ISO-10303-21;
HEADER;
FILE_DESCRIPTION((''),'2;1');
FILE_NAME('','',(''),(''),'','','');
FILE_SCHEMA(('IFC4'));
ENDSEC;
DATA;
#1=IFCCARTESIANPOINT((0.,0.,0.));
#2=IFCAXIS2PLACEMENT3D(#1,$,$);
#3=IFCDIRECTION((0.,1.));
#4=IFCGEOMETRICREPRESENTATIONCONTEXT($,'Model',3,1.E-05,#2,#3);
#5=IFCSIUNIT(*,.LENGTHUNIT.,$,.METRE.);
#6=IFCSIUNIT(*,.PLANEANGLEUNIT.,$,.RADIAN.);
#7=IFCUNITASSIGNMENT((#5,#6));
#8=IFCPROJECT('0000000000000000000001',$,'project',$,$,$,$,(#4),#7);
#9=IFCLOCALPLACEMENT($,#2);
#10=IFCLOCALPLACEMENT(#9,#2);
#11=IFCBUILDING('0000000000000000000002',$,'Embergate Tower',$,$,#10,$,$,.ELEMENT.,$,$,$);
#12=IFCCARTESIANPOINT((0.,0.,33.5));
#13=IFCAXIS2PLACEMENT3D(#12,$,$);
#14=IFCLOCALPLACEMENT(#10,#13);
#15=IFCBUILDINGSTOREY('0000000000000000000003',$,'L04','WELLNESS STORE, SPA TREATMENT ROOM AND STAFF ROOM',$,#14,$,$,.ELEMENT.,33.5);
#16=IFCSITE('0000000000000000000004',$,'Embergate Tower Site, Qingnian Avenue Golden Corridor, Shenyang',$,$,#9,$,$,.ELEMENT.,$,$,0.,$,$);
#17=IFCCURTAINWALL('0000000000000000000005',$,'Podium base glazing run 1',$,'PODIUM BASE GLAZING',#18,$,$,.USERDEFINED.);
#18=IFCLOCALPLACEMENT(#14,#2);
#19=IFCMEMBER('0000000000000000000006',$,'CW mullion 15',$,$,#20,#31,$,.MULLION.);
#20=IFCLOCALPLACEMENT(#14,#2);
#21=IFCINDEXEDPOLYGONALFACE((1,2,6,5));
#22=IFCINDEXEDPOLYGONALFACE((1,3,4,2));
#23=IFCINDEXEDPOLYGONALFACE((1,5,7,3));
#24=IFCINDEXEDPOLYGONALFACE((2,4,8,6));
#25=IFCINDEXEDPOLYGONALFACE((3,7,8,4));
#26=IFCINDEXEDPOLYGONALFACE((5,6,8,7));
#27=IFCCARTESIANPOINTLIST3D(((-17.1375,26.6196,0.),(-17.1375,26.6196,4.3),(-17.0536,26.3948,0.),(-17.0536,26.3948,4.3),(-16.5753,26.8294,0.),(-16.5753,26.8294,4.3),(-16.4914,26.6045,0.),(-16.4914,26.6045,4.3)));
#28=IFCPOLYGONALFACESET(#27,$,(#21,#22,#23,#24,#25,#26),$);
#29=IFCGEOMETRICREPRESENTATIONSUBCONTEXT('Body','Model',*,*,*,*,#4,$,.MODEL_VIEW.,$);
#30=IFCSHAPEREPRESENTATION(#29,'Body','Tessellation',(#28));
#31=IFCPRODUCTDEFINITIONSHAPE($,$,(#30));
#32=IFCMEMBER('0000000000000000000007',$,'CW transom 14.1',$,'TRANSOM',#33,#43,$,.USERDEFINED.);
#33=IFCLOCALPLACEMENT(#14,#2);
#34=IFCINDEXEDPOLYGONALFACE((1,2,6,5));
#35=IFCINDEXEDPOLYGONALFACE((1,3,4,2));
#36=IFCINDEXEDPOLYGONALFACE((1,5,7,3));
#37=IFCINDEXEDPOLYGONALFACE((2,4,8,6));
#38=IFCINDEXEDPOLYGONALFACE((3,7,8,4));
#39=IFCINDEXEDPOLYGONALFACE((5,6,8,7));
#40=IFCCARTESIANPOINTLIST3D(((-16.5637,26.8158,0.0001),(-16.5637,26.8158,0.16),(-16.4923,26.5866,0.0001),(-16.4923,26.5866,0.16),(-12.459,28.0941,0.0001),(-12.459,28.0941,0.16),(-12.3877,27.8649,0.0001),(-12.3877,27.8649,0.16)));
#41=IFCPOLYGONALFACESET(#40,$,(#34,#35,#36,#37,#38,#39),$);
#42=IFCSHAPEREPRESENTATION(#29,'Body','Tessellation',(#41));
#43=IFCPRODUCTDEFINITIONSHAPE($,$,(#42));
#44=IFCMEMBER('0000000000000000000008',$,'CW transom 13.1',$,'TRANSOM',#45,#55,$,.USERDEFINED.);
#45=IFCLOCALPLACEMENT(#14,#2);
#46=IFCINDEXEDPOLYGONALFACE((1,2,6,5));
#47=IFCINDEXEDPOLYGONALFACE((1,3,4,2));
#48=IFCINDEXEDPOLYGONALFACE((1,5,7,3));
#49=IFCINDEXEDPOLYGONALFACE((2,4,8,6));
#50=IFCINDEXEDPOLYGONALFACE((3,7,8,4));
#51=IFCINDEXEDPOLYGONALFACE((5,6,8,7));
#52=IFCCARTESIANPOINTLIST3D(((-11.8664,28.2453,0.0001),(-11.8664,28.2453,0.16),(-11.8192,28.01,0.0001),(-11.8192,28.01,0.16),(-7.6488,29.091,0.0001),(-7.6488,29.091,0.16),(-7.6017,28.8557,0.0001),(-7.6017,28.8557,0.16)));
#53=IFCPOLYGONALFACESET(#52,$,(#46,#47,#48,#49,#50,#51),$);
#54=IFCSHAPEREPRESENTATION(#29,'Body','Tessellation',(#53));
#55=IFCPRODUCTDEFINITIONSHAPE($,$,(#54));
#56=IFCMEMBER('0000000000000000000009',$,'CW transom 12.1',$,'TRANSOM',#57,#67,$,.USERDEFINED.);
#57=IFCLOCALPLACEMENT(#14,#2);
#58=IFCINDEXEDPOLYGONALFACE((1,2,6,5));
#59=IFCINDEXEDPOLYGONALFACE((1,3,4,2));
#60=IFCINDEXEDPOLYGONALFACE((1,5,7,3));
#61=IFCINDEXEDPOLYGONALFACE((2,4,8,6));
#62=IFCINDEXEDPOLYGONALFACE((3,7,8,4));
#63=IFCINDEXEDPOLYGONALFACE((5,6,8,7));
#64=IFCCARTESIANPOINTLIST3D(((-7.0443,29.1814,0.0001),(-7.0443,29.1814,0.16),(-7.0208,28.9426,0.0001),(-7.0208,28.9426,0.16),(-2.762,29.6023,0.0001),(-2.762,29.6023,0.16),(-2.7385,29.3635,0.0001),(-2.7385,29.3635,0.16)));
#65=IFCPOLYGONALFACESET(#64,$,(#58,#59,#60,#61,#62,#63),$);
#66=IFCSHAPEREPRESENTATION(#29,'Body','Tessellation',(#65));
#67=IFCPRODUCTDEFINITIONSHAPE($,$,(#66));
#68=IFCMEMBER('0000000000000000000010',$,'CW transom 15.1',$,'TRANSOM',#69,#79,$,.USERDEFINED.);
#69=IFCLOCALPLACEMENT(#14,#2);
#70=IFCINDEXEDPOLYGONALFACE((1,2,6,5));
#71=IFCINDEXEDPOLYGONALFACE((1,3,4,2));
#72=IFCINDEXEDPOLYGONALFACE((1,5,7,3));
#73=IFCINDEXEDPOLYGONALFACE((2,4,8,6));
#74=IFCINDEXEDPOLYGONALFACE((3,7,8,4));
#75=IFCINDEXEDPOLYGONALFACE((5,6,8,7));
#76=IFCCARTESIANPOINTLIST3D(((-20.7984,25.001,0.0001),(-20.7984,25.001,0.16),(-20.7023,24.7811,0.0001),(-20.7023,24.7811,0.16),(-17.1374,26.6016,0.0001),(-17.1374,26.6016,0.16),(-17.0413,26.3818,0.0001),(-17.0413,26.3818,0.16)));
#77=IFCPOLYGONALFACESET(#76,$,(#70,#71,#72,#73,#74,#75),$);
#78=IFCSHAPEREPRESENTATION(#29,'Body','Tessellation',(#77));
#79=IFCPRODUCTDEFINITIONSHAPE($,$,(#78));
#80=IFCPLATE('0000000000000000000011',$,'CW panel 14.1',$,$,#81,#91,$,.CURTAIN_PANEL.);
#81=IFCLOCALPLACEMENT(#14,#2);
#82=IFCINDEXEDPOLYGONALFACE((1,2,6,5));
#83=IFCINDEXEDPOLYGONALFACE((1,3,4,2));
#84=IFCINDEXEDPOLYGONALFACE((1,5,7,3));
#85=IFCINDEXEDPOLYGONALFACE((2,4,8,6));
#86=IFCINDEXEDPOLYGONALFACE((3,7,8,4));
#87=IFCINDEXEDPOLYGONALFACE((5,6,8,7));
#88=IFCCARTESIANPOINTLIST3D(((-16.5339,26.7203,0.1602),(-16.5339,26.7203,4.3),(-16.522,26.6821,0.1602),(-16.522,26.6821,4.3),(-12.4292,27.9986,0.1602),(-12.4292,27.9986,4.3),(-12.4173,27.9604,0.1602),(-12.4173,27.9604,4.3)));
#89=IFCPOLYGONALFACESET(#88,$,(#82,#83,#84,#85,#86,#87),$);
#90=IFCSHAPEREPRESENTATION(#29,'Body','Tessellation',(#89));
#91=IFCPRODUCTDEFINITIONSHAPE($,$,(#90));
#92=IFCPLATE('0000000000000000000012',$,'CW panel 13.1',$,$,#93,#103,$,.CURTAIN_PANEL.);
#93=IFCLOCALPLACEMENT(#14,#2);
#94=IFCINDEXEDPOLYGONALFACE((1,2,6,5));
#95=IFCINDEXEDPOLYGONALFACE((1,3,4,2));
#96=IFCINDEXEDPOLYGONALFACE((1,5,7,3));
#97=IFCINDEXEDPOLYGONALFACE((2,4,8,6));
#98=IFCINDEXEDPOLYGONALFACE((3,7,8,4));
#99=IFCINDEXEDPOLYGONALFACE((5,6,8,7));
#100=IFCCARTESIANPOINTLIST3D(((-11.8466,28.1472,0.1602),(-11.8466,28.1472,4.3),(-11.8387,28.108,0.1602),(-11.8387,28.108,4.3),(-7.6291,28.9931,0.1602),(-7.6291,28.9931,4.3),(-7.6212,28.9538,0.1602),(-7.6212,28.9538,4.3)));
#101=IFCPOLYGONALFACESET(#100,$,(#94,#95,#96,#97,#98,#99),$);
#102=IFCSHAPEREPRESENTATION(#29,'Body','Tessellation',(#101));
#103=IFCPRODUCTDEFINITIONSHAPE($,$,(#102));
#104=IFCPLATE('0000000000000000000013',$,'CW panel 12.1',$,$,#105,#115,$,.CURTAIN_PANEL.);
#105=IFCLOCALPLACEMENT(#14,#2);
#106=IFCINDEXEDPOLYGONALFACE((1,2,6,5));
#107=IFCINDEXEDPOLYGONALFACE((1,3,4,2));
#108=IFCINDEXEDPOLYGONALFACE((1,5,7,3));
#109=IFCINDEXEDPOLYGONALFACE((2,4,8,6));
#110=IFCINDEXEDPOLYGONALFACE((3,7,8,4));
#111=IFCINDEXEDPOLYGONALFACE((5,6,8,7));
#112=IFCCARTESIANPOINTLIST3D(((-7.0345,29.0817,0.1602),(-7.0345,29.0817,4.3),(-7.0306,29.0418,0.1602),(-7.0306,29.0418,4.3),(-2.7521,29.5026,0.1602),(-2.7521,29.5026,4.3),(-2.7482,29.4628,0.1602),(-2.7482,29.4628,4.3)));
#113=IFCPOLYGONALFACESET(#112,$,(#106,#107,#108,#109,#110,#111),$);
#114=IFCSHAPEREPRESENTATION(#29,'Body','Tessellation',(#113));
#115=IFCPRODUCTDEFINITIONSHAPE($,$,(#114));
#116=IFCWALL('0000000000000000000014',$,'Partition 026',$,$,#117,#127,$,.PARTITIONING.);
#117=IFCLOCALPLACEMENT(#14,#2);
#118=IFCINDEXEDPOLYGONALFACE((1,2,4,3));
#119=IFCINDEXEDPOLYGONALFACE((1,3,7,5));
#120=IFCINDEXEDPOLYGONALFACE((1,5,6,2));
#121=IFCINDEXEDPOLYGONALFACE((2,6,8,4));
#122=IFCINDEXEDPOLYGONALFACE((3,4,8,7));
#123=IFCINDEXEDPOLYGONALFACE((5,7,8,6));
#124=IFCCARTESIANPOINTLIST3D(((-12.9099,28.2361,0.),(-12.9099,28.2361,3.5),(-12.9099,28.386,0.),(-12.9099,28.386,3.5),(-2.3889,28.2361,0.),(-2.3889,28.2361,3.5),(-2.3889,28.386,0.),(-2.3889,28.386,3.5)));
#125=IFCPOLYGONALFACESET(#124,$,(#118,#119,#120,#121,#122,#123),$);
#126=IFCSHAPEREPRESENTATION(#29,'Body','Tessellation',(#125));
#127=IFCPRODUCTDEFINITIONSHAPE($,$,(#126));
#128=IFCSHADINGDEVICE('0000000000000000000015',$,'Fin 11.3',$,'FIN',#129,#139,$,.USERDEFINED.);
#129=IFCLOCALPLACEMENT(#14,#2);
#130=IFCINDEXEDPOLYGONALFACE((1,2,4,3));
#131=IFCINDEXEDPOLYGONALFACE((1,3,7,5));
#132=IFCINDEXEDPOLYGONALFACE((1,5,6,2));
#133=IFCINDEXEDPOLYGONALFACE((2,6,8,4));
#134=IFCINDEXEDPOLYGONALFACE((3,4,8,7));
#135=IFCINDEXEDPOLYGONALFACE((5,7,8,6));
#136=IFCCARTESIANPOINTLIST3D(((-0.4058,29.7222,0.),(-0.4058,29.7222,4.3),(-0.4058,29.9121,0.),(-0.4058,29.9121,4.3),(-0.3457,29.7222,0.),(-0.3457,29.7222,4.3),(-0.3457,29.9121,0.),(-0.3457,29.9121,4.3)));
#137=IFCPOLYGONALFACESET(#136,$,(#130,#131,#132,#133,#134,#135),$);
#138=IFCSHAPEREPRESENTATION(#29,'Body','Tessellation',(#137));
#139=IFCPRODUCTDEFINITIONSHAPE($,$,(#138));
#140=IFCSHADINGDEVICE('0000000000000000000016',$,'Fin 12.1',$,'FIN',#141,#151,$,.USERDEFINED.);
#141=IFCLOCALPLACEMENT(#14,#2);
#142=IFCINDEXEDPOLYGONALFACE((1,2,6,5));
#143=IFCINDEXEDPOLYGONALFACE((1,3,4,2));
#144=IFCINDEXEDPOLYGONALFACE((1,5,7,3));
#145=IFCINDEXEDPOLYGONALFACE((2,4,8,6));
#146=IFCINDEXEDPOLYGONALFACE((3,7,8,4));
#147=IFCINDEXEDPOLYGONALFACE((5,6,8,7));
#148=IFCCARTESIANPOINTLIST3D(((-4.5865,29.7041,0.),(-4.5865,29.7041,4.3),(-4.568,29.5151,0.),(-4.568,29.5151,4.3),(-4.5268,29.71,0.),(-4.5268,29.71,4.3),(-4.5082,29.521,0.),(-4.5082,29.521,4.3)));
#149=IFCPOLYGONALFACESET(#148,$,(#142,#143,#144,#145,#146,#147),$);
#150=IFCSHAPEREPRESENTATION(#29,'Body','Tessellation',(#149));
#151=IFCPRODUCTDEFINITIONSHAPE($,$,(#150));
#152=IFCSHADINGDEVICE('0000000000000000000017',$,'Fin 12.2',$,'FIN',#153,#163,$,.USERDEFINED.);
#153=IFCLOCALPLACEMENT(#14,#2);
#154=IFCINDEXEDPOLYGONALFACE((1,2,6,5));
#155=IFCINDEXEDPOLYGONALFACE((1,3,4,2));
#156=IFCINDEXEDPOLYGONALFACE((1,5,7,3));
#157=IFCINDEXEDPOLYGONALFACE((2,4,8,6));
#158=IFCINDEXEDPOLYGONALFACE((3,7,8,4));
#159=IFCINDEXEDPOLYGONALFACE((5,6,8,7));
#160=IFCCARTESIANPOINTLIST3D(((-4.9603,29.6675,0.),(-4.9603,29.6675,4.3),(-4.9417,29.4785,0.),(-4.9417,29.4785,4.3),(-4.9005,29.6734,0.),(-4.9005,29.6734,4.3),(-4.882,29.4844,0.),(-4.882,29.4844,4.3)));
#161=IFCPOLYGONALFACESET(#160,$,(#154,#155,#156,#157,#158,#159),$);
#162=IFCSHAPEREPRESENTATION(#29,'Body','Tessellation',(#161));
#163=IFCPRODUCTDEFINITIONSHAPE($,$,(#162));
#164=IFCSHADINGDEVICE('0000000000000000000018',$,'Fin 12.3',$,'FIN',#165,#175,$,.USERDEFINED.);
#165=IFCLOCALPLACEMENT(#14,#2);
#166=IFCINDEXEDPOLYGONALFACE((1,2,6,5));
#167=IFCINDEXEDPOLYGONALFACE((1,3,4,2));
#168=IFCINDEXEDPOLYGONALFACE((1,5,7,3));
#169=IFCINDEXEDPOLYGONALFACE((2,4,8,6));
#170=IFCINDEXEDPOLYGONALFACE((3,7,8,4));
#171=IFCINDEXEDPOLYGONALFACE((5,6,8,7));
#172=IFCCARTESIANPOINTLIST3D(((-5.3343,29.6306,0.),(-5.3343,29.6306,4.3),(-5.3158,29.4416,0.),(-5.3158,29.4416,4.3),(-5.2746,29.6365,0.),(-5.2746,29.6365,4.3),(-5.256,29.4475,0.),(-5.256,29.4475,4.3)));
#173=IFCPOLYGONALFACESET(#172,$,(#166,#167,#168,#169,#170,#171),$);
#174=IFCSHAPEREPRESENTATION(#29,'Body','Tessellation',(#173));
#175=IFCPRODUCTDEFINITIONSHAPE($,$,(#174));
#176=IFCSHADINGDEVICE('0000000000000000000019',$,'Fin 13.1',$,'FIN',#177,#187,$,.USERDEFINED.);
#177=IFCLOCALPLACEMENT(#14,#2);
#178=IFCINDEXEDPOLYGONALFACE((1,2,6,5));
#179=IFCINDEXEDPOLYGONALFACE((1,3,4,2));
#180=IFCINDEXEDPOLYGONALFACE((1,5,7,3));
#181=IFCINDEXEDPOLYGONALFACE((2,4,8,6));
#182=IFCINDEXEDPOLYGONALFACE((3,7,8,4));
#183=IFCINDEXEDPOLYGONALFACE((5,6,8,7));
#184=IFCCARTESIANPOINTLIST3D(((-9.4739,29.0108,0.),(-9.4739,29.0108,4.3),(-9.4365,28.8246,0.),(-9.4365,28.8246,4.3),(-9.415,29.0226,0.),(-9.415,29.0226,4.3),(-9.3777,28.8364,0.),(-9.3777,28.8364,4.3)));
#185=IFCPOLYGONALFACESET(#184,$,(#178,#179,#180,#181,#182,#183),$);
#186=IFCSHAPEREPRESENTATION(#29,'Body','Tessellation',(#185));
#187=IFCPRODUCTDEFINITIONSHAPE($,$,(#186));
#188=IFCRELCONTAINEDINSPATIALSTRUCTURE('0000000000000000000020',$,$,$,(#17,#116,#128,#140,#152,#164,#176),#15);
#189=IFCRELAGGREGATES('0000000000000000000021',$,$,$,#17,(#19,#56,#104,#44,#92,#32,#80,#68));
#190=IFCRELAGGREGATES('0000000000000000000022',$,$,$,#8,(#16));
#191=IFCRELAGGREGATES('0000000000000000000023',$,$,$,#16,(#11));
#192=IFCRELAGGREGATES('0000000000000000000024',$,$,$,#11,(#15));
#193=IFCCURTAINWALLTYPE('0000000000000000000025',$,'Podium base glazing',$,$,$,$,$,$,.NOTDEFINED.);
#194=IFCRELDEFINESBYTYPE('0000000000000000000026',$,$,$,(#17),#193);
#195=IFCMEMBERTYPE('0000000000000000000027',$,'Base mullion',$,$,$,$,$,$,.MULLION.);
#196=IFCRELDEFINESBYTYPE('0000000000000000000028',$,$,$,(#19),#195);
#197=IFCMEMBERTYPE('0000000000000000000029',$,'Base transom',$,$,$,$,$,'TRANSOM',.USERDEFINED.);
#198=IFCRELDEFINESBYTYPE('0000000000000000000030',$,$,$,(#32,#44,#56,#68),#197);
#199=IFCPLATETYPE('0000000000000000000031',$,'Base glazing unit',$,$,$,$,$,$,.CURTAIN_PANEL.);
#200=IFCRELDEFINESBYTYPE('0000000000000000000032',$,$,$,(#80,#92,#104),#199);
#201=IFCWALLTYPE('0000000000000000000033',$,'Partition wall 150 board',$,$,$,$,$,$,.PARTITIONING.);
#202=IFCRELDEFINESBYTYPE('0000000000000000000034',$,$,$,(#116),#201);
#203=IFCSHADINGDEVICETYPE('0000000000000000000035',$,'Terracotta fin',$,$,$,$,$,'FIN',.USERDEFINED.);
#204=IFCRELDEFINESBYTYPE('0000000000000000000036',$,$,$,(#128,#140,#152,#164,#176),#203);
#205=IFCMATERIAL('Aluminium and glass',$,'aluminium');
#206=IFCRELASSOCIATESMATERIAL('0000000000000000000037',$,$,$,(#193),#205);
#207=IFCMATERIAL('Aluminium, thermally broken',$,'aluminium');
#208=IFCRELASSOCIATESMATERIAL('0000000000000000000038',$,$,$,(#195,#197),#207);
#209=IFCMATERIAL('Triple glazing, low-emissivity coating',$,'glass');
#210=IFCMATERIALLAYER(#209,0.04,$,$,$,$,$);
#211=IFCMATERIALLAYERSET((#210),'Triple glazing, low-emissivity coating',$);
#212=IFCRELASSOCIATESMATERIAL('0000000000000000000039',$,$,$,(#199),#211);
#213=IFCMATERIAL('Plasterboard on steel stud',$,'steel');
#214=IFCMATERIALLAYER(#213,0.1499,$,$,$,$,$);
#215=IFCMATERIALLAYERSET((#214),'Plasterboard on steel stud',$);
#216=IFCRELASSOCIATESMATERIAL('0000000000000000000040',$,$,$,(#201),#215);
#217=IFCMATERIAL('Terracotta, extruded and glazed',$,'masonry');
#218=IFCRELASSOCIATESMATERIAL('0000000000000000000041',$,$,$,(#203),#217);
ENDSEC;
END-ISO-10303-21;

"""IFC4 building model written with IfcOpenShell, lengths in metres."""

from ifc_helpers import new_model, si_unit, direction, frame, frame_2d, origin, origin_2d, place, context, subcontext, project, spatial, rectangle, extrude, source, transform, mapped, material, layer, layer_set, material_profile, profile_set, type_object, element, aggregate, save


model = new_model("IFC4")

# Units and contexts
model_context = context("Model", 3, precision=1e-05, world=origin(), true_north=direction((0.0, 1.0)))
body_context = subcontext(model_context, "Body", "Model", "MODEL_VIEW")
ifc_project = project(units=[si_unit("LENGTHUNIT", "METRE"), si_unit("PLANEANGLEUNIT", "RADIAN")], contexts=[model_context])

# Site, building, storey
site_placement = place(None, origin())
site = spatial("IfcSite", under=ifc_project, at=site_placement, Name="Embergate Tower Site, Qingnian Avenue Golden Corridor, Shenyang", CompositionType="ELEMENT", RefElevation=0.0)
building_placement = place(site_placement, origin())
building = spatial("IfcBuilding", under=site, at=building_placement, Name="Embergate Tower", CompositionType="ELEMENT")
storey_placement = place(building_placement, frame((0.0, 0.0, 33.5)))
storey = spatial("IfcBuildingStorey", under=building, at=storey_placement, Name="L04", Description="WELLNESS STORE, SPA TREATMENT ROOM AND STAFF ROOM", CompositionType="ELEMENT", Elevation=33.5)

# Curtain wall, members, plates
ifc_material_1 = material(Name="Aluminium and glass", Category="aluminium")
curtain_wall_type = type_object("IfcCurtainWallType", Name="Podium base glazing", PredefinedType="NOTDEFINED", material=ifc_material_1)
curtain_wall_placement = place(storey_placement, origin())
curtain_wall = element("IfcCurtainWall", 1, at=curtain_wall_placement, inside=storey, type_object=curtain_wall_type, Name="Podium base glazing run 1", ObjectType="PODIUM BASE GLAZING", PredefinedType="USERDEFINED")
ifc_material_2 = material(Name="Aluminium, thermally broken", Category="aluminium")
ifc_material_profile_1 = material_profile(ifc_material_2, rectangle(XDim=0.24, YDim=0.6001, at=origin_2d()), Name="AL 600x240")
ifc_profile_set_1 = profile_set([ifc_material_profile_1], Name="Aluminium, thermally broken")
member_type_1 = type_object("IfcMemberType", Name="Base mullion", PredefinedType="MULLION", material=ifc_profile_set_1)
shared_shape_1 = source(origin(), body_context, "Body", "SweptSolid", [
    extrude(rectangle(XDim=0.24, YDim=0.6001, at=origin_2d()), origin(), (0.0, 0.0, 1.0), 4.3),
])
member_1_placement = place(storey_placement, frame((-16.8145, 26.6121, 0.0), z_axis=(0.0, 0.0, 1.0), x_axis=(0.349499, -0.936937, 0.0)))
member_1 = element("IfcMember", 2, at=member_1_placement, type_object=member_type_1, Name="CW mullion 15", PredefinedType="MULLION", context=body_context, shape_type="MappedRepresentation", body=[
    mapped(shared_shape_1, transform((0.0, 0.0, 0.0))),
])
ifc_material_profile_2 = material_profile(ifc_material_2, rectangle(XDim=0.24, YDim=0.1599, at=origin_2d()), Name="AL 160x240")
ifc_profile_set_2 = profile_set([ifc_material_profile_2], Name="Aluminium, thermally broken")
member_type_2 = type_object("IfcMemberType", Name="Base transom", ElementType="TRANSOM", PredefinedType="USERDEFINED", material=ifc_profile_set_2)
shared_shape_2 = source(origin(), body_context, "Body", "SweptSolid", [
    extrude(rectangle(XDim=0.24, YDim=0.1599, at=origin_2d()), origin(), (0.0, 0.0, 1.0), 4.2991),
])
member_2_placement = place(storey_placement, frame((-12.4233, 27.9795, 0.0801), z_axis=(-0.954772, -0.29734, 0.0), x_axis=(0.29734, -0.954772, 0.0)))
member_2 = element("IfcMember", 3, at=member_2_placement, type_object=member_type_2, Name="CW transom 14.1", ObjectType="TRANSOM", PredefinedType="USERDEFINED", context=body_context, shape_type="MappedRepresentation", body=[
    mapped(shared_shape_2, transform((0.0, 0.0, 0.0))),
])
shared_shape_3 = source(origin(), body_context, "Body", "SweptSolid", [
    extrude(rectangle(XDim=0.24, YDim=0.1599, at=origin_2d()), origin(), (0.0, 0.0, 1.0), 4.3015),
])
member_3_placement = place(storey_placement, frame((-7.6252, 28.9734, 0.0801), z_axis=(-0.980482, -0.196607, 0.0), x_axis=(0.196607, -0.980482, 0.0)))
member_3 = element("IfcMember", 4, at=member_3_placement, type_object=member_type_2, Name="CW transom 13.1", ObjectType="TRANSOM", PredefinedType="USERDEFINED", context=body_context, shape_type="MappedRepresentation", body=[
    mapped(shared_shape_3, transform((0.0, 0.0, 0.0))),
])
shared_shape_4 = source(origin(), body_context, "Body", "SweptSolid", [
    extrude(rectangle(XDim=0.24, YDim=0.1599, at=origin_2d()), origin(), (0.0, 0.0, 1.0), 4.303),
])
member_4_placement = place(storey_placement, frame((-2.7502, 29.4829, 0.0801), z_axis=(-0.995204, -0.097818, 0.0), x_axis=(0.097818, -0.995204, 0.0)))
member_4 = element("IfcMember", 5, at=member_4_placement, type_object=member_type_2, Name="CW transom 12.1", ObjectType="TRANSOM", PredefinedType="USERDEFINED", context=body_context, shape_type="MappedRepresentation", body=[
    mapped(shared_shape_4, transform((0.0, 0.0, 0.0))),
])
shared_shape_5 = source(origin(), body_context, "Body", "SweptSolid", [
    extrude(rectangle(XDim=0.24, YDim=0.1599, at=origin_2d()), origin(), (0.0, 0.0, 1.0), 3.9956),
])
member_5_placement = place(storey_placement, frame((-17.0894, 26.4917, 0.0801), z_axis=(-0.916254, -0.400598, 0.0), x_axis=(0.400598, -0.916254, 0.0)))
member_5 = element("IfcMember", 6, at=member_5_placement, type_object=member_type_2, Name="CW transom 15.1", ObjectType="TRANSOM", PredefinedType="USERDEFINED", context=body_context, shape_type="MappedRepresentation", body=[
    mapped(shared_shape_5, transform((0.0, 0.0, 0.0))),
])
ifc_material_3 = material(Name="Triple glazing, low-emissivity coating", Category="glass")
ifc_layer_1 = layer(ifc_material_3, 0.04)
ifc_layer_set_1 = layer_set([ifc_layer_1], Name="Triple glazing, low-emissivity coating")
plate_type = type_object("IfcPlateType", Name="Base glazing unit", PredefinedType="CURTAIN_PANEL", material=ifc_layer_set_1)
shared_shape_6 = source(origin(), body_context, "Body", "SweptSolid", [
    extrude(rectangle(XDim=4.2991, YDim=0.04, at=origin_2d()), origin(), (0.0, 0.0, 1.0), 4.1399),
])
plate_1_placement = place(storey_placement, frame((-14.4756, 27.3403, 0.1602), z_axis=(0.0, 0.0, 1.0), x_axis=(-0.954773, -0.297337, 0.0)))
plate_1 = element("IfcPlate", 7, at=plate_1_placement, type_object=plate_type, Name="CW panel 14.1", PredefinedType="CURTAIN_PANEL", context=body_context, shape_type="MappedRepresentation", body=[
    mapped(shared_shape_6, transform((0.0, 0.0, 0.0))),
])
shared_shape_7 = source(origin(), body_context, "Body", "SweptSolid", [
    extrude(rectangle(XDim=4.3015, YDim=0.04, at=origin_2d()), origin(), (0.0, 0.0, 1.0), 4.1399),
])
plate_2_placement = place(storey_placement, frame((-9.7339, 28.5505, 0.1602), z_axis=(0.0, 0.0, 1.0), x_axis=(-0.980476, -0.196638, 0.0)))
plate_2 = element("IfcPlate", 8, at=plate_2_placement, type_object=plate_type, Name="CW panel 13.1", PredefinedType="CURTAIN_PANEL", context=body_context, shape_type="MappedRepresentation", body=[
    mapped(shared_shape_7, transform((0.0, 0.0, 0.0))),
])
shared_shape_8 = source(origin(), body_context, "Body", "SweptSolid", [
    extrude(rectangle(XDim=4.303, YDim=0.04, at=origin_2d()), origin(), (0.0, 0.0, 1.0), 4.1399),
])
plate_3_placement = place(storey_placement, frame((-4.8914, 29.2722, 0.1602), z_axis=(0.0, 0.0, 1.0), x_axis=(-0.995203, -0.097828, 0.0)))
plate_3 = element("IfcPlate", 9, at=plate_3_placement, type_object=plate_type, Name="CW panel 12.1", PredefinedType="CURTAIN_PANEL", context=body_context, shape_type="MappedRepresentation", body=[
    mapped(shared_shape_8, transform((0.0, 0.0, 0.0))),
])
aggregate(curtain_wall, [member_1, member_4, plate_3, member_3, plate_2, member_2, plate_1, member_5])

# Wall
ifc_material_4 = material(Name="Plasterboard on steel stud", Category="steel")
ifc_layer_2 = layer(ifc_material_4, 0.1499)
ifc_layer_set_2 = layer_set([ifc_layer_2], Name="Plasterboard on steel stud")
wall_type = type_object("IfcWallType", Name="Partition wall 150 board", PredefinedType="PARTITIONING", material=ifc_layer_set_2)
shared_shape_9 = source(origin(), body_context, "Body", "SweptSolid", [
    extrude(rectangle(XDim=10.521, YDim=0.1499, at=frame_2d((5.2605, 0.0))), origin(), (0.0, 0.0, 1.0), 3.5),
])
wall_placement = place(storey_placement, frame((-2.3889, 28.311, 0.0), z_axis=(0.0, 0.0, 1.0), x_axis=(-1.0, 0.0, 0.0)))
element("IfcWall", 10, at=wall_placement, inside=storey, type_object=wall_type, Name="Partition 026", PredefinedType="PARTITIONING", context=body_context, shape_type="MappedRepresentation", body=[
    mapped(shared_shape_9, transform((0.0, 0.0, 0.0))),
])

# Shading devices
ifc_material_5 = material(Name="Terracotta, extruded and glazed", Category="masonry")
ifc_material_profile_3 = material_profile(ifc_material_5, rectangle(XDim=0.1899, YDim=0.0601, at=origin_2d()), Name="TC 190x60")
ifc_profile_set_3 = profile_set([ifc_material_profile_3], Name="Terracotta, extruded and glazed")
shading_device_type = type_object("IfcShadingDeviceType", Name="Terracotta fin", ElementType="FIN", PredefinedType="USERDEFINED", material=ifc_profile_set_3)
shared_shape_10 = source(origin(), body_context, "Body", "SweptSolid", [
    extrude(rectangle(XDim=0.1899, YDim=0.0601, at=origin_2d()), origin(), (0.0, 0.0, 1.0), 4.3),
])
for number, where, z_axis, x_axis, name in (
    (11, (-0.3757, 29.8171, 0.0), (0.0, 0.0, 1.0), (0.0, -1.0, 0.0), "Fin 11.3"),
    (12, (-4.5474, 29.6125, 0.0), (0.0, 0.0, 1.0), (0.097828, -0.995203, 0.0), "Fin 12.1"),
    (13, (-4.9211, 29.5759, 0.0), (0.0, 0.0, 1.0), (0.097828, -0.995203, 0.0), "Fin 12.2"),
    (14, (-5.2952, 29.5391, 0.0), (0.0, 0.0, 1.0), (0.097828, -0.995203, 0.0), "Fin 12.3"),
    (15, (-9.4258, 28.9236, 0.0), (0.0, 0.0, 1.0), (0.196638, -0.980476, 0.0), "Fin 13.1"),
):
    element("IfcShadingDevice", number, at=place(storey_placement, frame(where, z_axis=z_axis, x_axis=x_axis)), inside=storey, type_object=shading_device_type, Name=name, ObjectType="FIN", PredefinedType="USERDEFINED", context=body_context, shape_type="MappedRepresentation", body=[
        mapped(shared_shape_10, transform((0.0, 0.0, 0.0))),
    ])

save(model, "model.ifc")
